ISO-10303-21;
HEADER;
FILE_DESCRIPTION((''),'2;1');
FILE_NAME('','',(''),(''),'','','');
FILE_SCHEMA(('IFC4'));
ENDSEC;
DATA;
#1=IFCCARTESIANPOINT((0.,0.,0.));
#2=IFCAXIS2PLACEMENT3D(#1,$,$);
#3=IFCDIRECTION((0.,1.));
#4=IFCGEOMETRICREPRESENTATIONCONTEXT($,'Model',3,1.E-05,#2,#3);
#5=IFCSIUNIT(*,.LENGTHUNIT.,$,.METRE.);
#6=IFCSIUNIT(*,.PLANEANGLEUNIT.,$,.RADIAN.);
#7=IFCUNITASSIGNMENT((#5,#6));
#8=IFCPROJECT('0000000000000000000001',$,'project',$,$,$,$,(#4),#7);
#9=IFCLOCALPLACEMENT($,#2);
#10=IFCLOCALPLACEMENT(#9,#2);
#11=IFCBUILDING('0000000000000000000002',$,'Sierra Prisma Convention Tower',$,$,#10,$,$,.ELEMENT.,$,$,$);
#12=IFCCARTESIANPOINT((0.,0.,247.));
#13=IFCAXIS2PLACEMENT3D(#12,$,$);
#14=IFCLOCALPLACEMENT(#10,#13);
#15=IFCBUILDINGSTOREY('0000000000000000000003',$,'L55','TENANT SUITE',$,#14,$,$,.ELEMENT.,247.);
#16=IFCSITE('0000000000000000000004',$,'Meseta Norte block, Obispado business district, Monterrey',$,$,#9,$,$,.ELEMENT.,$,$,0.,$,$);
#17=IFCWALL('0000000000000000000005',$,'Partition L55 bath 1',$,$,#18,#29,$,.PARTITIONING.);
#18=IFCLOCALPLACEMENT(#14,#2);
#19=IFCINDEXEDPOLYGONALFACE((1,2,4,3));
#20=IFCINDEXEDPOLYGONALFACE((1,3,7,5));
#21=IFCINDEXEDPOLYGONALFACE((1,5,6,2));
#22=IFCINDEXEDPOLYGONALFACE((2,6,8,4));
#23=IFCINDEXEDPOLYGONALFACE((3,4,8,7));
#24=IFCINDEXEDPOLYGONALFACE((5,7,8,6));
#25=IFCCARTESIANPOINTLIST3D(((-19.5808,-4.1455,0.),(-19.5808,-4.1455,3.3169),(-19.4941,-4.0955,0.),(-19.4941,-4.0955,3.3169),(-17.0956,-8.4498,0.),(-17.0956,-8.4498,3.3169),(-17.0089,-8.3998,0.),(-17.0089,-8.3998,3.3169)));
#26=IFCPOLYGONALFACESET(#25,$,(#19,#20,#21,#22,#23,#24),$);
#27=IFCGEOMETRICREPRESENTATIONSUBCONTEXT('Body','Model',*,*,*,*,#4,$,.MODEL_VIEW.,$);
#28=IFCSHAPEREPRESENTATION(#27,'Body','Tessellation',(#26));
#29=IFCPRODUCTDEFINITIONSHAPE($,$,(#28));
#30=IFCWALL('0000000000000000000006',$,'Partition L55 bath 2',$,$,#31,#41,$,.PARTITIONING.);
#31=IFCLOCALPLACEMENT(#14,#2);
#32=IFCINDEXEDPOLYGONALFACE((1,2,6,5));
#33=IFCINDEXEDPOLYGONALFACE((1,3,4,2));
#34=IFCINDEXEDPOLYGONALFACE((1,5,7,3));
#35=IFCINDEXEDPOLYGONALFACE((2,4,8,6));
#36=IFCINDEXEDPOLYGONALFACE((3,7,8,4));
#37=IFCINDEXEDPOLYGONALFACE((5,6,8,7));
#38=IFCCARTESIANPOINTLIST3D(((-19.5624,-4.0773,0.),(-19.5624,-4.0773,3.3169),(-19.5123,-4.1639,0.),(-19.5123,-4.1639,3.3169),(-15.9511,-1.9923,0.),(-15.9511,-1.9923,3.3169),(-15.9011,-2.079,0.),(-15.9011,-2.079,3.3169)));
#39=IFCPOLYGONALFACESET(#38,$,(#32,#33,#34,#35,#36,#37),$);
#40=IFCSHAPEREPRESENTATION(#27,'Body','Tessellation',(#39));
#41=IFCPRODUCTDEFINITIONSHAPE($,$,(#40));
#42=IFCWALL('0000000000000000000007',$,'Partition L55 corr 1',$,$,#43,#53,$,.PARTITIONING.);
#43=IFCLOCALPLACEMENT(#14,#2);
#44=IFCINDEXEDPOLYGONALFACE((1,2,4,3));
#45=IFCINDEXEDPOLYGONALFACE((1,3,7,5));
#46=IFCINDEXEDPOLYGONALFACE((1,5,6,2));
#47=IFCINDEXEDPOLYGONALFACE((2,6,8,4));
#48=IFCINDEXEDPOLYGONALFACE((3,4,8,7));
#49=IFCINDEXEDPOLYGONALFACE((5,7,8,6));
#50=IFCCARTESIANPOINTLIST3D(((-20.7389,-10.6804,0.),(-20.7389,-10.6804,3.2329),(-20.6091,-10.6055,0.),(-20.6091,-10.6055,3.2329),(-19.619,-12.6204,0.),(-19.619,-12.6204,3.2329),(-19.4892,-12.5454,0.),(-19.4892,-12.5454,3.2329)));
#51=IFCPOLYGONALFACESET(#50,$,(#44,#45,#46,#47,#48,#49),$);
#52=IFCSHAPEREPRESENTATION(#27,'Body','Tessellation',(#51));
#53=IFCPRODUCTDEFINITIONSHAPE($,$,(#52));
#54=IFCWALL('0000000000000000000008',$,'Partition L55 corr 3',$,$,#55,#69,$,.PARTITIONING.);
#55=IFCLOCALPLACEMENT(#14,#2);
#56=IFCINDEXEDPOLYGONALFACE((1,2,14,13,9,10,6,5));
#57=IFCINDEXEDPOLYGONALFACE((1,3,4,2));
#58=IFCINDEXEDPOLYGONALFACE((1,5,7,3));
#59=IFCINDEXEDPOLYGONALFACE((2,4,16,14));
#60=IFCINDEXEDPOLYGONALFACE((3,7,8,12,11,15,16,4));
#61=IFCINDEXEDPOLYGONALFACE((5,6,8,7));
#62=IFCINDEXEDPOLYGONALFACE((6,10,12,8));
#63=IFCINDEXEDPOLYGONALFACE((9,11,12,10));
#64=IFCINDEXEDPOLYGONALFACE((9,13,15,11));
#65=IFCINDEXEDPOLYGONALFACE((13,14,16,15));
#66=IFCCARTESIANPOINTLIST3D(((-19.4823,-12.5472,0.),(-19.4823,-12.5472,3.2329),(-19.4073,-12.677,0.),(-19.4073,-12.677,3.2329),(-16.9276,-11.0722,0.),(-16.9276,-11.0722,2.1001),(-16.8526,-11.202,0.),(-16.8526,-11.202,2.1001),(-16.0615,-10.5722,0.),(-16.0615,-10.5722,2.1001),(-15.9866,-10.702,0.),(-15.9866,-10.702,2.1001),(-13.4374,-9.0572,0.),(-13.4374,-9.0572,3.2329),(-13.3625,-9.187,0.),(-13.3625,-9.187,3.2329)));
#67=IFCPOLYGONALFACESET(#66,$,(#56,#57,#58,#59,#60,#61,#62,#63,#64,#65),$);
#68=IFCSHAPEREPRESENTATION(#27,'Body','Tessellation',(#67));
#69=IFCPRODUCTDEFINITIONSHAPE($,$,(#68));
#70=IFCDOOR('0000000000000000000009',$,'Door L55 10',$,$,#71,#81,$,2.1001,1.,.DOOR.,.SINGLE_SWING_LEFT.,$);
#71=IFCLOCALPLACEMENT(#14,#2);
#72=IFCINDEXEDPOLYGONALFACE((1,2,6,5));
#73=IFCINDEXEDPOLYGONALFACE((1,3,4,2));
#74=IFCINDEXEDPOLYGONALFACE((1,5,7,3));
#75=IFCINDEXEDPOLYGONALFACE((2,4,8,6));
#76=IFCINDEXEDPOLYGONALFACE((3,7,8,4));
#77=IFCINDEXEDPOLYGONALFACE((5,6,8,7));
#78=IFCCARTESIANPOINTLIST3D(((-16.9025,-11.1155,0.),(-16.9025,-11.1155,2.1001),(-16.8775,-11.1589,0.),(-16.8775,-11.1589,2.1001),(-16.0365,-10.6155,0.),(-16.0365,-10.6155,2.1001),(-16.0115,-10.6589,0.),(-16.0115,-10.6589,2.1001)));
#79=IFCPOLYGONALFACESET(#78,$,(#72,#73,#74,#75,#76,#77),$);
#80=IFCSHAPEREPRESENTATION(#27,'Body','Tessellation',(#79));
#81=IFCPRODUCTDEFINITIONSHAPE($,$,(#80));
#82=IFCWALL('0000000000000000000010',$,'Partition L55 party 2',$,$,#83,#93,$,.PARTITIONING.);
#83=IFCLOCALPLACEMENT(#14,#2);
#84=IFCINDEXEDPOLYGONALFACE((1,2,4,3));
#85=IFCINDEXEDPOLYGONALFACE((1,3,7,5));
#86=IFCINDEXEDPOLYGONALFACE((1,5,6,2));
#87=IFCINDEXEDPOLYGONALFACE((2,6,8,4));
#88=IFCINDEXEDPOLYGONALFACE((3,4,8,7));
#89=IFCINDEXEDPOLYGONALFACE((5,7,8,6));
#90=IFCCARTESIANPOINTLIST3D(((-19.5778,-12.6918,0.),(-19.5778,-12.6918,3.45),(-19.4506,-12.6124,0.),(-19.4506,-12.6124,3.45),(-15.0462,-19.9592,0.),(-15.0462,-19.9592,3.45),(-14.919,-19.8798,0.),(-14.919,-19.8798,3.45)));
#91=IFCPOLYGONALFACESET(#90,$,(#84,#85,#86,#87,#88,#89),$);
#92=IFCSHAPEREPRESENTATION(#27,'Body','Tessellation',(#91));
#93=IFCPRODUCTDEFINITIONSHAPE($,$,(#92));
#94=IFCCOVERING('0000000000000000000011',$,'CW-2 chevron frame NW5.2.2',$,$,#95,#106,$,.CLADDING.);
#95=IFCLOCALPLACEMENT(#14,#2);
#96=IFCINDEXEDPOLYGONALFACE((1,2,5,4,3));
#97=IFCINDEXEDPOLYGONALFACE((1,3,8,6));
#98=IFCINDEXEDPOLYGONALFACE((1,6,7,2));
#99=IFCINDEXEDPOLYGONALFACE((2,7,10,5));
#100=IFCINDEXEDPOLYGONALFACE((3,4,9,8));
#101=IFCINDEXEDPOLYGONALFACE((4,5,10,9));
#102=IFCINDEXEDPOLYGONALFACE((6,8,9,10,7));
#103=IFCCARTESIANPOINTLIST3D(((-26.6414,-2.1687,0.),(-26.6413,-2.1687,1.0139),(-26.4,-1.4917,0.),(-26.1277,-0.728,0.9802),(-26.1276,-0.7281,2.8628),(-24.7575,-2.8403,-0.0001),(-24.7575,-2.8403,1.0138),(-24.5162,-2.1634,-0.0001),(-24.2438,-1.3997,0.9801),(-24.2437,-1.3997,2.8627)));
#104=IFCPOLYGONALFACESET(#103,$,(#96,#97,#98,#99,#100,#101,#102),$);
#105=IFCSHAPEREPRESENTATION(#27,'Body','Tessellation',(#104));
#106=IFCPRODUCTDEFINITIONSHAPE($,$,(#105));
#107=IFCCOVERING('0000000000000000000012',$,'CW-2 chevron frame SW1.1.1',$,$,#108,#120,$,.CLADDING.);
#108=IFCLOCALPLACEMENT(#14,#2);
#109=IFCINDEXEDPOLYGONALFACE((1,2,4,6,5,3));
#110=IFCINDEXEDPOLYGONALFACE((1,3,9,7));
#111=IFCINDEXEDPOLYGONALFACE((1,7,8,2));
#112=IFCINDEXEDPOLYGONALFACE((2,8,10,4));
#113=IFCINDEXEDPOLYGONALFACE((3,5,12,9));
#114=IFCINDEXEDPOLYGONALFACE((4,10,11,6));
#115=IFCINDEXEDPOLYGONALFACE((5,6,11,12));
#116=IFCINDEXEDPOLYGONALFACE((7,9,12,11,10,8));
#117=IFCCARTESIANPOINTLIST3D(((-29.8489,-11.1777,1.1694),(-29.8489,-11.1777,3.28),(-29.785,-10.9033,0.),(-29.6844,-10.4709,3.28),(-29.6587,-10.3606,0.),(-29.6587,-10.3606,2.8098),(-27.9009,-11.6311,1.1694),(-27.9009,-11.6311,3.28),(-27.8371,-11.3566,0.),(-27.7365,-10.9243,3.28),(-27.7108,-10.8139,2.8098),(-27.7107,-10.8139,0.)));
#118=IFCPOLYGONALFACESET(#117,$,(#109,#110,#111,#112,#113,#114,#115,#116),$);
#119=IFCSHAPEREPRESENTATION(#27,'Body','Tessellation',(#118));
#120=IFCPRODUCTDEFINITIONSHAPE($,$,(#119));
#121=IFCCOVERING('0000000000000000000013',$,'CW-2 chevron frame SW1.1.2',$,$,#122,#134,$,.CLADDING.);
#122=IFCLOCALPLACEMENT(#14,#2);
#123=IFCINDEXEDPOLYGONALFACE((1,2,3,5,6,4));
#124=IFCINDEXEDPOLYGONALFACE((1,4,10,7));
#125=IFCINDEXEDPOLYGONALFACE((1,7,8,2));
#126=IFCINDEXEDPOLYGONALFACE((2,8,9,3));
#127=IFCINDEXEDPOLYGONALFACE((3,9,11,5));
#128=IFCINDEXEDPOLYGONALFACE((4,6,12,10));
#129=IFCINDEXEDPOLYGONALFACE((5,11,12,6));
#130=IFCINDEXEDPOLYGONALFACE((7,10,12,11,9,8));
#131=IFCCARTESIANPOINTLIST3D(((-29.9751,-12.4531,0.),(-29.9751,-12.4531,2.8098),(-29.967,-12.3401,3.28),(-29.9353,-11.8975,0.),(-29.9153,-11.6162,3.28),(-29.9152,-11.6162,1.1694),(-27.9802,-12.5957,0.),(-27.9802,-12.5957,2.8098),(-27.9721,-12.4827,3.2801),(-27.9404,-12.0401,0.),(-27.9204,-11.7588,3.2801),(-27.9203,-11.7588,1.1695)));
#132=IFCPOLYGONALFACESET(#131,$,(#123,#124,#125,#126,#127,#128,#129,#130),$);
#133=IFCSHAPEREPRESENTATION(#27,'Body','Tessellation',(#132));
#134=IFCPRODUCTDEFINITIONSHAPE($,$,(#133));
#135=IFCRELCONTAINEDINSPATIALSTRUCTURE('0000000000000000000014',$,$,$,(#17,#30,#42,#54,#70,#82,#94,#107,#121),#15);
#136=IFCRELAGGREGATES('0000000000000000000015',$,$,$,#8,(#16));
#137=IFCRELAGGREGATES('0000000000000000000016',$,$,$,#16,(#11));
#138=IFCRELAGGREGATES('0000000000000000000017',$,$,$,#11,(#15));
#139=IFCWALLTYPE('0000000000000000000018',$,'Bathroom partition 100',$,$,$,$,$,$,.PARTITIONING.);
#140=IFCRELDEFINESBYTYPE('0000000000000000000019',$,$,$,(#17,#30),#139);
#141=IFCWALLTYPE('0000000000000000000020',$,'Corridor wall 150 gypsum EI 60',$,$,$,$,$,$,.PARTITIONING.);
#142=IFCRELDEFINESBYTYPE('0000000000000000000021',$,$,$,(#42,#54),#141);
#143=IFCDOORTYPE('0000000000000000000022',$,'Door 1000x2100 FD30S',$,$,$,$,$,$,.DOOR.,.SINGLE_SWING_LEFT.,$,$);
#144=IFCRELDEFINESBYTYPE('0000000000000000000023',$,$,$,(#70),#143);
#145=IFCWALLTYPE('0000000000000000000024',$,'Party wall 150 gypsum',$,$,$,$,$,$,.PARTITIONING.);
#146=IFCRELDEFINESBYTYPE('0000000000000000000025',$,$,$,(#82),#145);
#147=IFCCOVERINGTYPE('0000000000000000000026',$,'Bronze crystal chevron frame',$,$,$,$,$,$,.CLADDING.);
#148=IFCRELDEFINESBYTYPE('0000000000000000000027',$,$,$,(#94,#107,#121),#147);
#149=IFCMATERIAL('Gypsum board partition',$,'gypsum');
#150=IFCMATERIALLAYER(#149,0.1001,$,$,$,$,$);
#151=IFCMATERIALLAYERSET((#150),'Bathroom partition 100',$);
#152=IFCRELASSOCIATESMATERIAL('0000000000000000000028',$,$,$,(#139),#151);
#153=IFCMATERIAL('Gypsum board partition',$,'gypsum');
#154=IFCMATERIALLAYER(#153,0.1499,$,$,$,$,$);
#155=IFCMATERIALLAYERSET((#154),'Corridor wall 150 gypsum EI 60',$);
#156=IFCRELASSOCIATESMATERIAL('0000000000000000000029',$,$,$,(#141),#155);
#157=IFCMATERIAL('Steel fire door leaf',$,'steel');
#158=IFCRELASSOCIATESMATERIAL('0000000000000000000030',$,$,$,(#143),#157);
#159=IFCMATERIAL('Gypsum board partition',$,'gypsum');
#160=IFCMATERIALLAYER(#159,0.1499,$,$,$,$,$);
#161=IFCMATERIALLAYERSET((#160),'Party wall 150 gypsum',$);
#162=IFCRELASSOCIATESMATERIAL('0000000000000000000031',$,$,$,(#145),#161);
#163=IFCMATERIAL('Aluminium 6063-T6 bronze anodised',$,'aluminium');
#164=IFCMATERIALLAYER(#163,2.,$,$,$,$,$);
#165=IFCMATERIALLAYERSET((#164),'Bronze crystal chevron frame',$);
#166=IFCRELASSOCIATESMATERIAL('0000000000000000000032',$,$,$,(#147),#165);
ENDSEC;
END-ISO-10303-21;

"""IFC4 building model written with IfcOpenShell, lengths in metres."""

from ifc_helpers import new_model, si_unit, direction, frame, frame_2d, origin, place, context, subcontext, project, spatial, polyline, rectangle, outline, extrude, material, layer, layer_set, type_object, element, fill, save


model = new_model("IFC4")

# Units and contexts
model_context = context("Model", 3, precision=1e-05, world=origin(), true_north=direction((0.0, 1.0)))
body_context = subcontext(model_context, "Body", "Model", "MODEL_VIEW")
ifc_project = project(units=[si_unit("LENGTHUNIT", "METRE"), si_unit("PLANEANGLEUNIT", "RADIAN")], contexts=[model_context])

# Site, building, storey
site_placement = place(None, origin())
site = spatial("IfcSite", under=ifc_project, at=site_placement, Name="Meseta Norte block, Obispado business district, Monterrey", CompositionType="ELEMENT", RefElevation=0.0)
building_placement = place(site_placement, origin())
building = spatial("IfcBuilding", under=site, at=building_placement, Name="Sierra Prisma Convention Tower", CompositionType="ELEMENT")
storey_placement = place(building_placement, frame((0.0, 0.0, 247.0)))
storey = spatial("IfcBuildingStorey", under=building, at=storey_placement, Name="L55", Description="TENANT SUITE", CompositionType="ELEMENT", Elevation=247.0)

# Walls
ifc_material_1 = material(Name="Gypsum board partition", Category="gypsum")
ifc_layer_1 = layer(ifc_material_1, 0.1001)
ifc_layer_set_1 = layer_set([ifc_layer_1], Name="Bathroom partition 100")
wall_type_1 = type_object("IfcWallType", Name="Bathroom partition 100", PredefinedType="PARTITIONING", material=ifc_layer_set_1)
wall_1_placement = place(storey_placement, frame((-17.0522, -8.4248, 0.0), z_axis=(0.0, 0.0, 1.0), x_axis=(-0.500012, 0.866019, 0.0)))
element("IfcWall", 1, at=wall_1_placement, inside=storey, type_object=wall_type_1, Name="Partition L55 bath 1", PredefinedType="PARTITIONING", context=body_context, shape_type="SweptSolid", body=[
    extrude(rectangle(XDim=4.9702, YDim=0.1001, at=frame_2d((2.4851, 0.0))), origin(), (0.0, 0.0, 1.0), 3.3169),
])
wall_2_placement = place(storey_placement, frame((-19.5374, -4.1206, 0.0), z_axis=(0.0, 0.0, 1.0), x_axis=(0.86603, 0.499993, 0.0)))
element("IfcWall", 2, at=wall_2_placement, inside=storey, type_object=wall_type_1, Name="Partition L55 bath 2", PredefinedType="PARTITIONING", context=body_context, shape_type="SweptSolid", body=[
    extrude(rectangle(XDim=4.1699, YDim=0.1001, at=frame_2d((2.085, 0.0))), origin(), (0.0, 0.0, 1.0), 3.3169),
])
ifc_material_2 = material(Name="Gypsum board partition", Category="gypsum")
ifc_layer_2 = layer(ifc_material_2, 0.1499)
ifc_layer_set_2 = layer_set([ifc_layer_2], Name="Corridor wall 150 gypsum EI 60")
wall_type_2 = type_object("IfcWallType", Name="Corridor wall 150 gypsum EI 60", PredefinedType="PARTITIONING", material=ifc_layer_set_2)
wall_3_placement = place(storey_placement, frame((-20.6741, -10.6428, 0.0), z_axis=(0.0, 0.0, 1.0), x_axis=(0.499949, -0.866055, 0.0)))
element("IfcWall", 3, at=wall_3_placement, inside=storey, type_object=wall_type_2, Name="Partition L55 corr 1", PredefinedType="PARTITIONING", context=body_context, shape_type="SweptSolid", body=[
    extrude(rectangle(XDim=2.24, YDim=0.1499, at=frame_2d((1.1201, 0.0))), origin(), (0.0, 0.0, 1.0), 3.2329),
])

# Wall, opening, door
wall_4_placement = place(storey_placement, frame((-19.4448, -12.6121, 0.0), z_axis=(0.0, 0.0, 1.0), x_axis=(0.866028, 0.499995, 0.0)))
wall_4 = element("IfcWall", 4, at=wall_4_placement, inside=storey, type_object=wall_type_2, Name="Partition L55 corr 3", PredefinedType="PARTITIONING", context=body_context, shape_type="SweptSolid", body=[
    extrude(rectangle(XDim=6.98, YDim=0.1499, at=frame_2d((3.49, 0.0))), origin(), (0.0, 0.0, 1.0), 3.2329),
])
opening_placement = place(wall_4_placement, frame((2.95, 0.0, 0.0)))
opening = element("IfcOpeningElement", 5, at=opening_placement, cuts=wall_4, PredefinedType="OPENING", context=body_context, shape_type="SweptSolid", body=[
    extrude(rectangle(XDim=1.0, YDim=2.1001, at=frame_2d((0.5, 1.05))), frame((0.0, 0.075, 0.0), z_axis=(0.0, -1.0, 0.0), x_axis=(1.0, 0.0, 0.0)), (0.0, 0.0, 1.0), 0.1499),
])
ifc_material_3 = material(Name="Steel fire door leaf", Category="steel")
door_type = type_object("IfcDoorType", Name="Door 1000x2100 FD30S", OperationType="SINGLE_SWING_LEFT", PredefinedType="DOOR", material=ifc_material_3)
door_placement = place(opening_placement, origin())
door = element("IfcDoor", 6, at=door_placement, inside=storey, type_object=door_type, Name="Door L55 10", OperationType="SINGLE_SWING_LEFT", OverallHeight=2.1001, OverallWidth=1.0, PredefinedType="DOOR", context=body_context, shape_type="SweptSolid", body=[
    extrude(rectangle(XDim=1.0, YDim=2.1001, at=frame_2d((0.5, 1.05))), frame((0.0, 0.0249, 0.0), z_axis=(0.0, -1.0, 0.0), x_axis=(1.0, 0.0, 0.0)), (0.0, 0.0, 1.0), 0.05),
])
fill(opening, door)

# Wall
ifc_material_4 = material(Name="Gypsum board partition", Category="gypsum")
ifc_layer_3 = layer(ifc_material_4, 0.1499)
ifc_layer_set_3 = layer_set([ifc_layer_3], Name="Party wall 150 gypsum")
wall_type_3 = type_object("IfcWallType", Name="Party wall 150 gypsum", PredefinedType="PARTITIONING", material=ifc_layer_set_3)
wall_5_placement = place(storey_placement, frame((-19.5142, -12.6521, 0.0), z_axis=(0.0, 0.0, 1.0), x_axis=(0.52911, -0.848554, 0.0)))
element("IfcWall", 7, at=wall_5_placement, inside=storey, type_object=wall_type_3, Name="Partition L55 party 2", PredefinedType="PARTITIONING", context=body_context, shape_type="SweptSolid", body=[
    extrude(rectangle(XDim=8.5645, YDim=0.1499, at=frame_2d((4.2822, 0.0))), origin(), (0.0, 0.0, 1.0), 3.45),
])

# Coverings
ifc_material_5 = material(Name="Aluminium 6063-T6 bronze anodised", Category="aluminium")
ifc_layer_4 = layer(ifc_material_5, 2.0)
ifc_layer_set_4 = layer_set([ifc_layer_4], Name="Bronze crystal chevron frame")
covering_type = type_object("IfcCoveringType", Name="Bronze crystal chevron frame", PredefinedType="CLADDING", material=ifc_layer_set_4)
covering_1_placement = place(storey_placement, frame((-26.6414, -2.1687, 0.0), z_axis=(-0.941929, 0.335811, 0.000049), x_axis=(0.000046, -0.000016, 1.0)))
element("IfcCovering", 8, at=covering_1_placement, inside=storey, type_object=covering_type, Name="CW-2 chevron frame NW5.2.2", PredefinedType="CLADDING", context=body_context, shape_type="SweptSolid", body=[
    extrude(outline(polyline([(0.0, 0.0), (1.0139, 0.0), (2.8628, 1.5295), (0.9802, 1.5295), (0.0, 0.7187), (0.0, 0.0)])), origin(), (0.0, 0.0, -1.0), 2.0),
])
covering_2_placement = place(storey_placement, frame((-29.6587, -10.3606, 0.0), z_axis=(-0.973972, 0.22667, -0.000008), x_axis=(-0.22667, -0.973972, 0.0)))
element("IfcCovering", 9, at=covering_2_placement, inside=storey, type_object=covering_type, Name="CW-2 chevron frame SW1.1.1", PredefinedType="CLADDING", context=body_context, shape_type="SweptSolid", body=[
    extrude(outline(polyline([(0.0, 0.0), (0.5572, 0.0), (0.839, 1.1694), (0.839, 3.28), (0.1133, 3.28), (0.0, 2.8098), (0.0, 0.0)])), origin(), (0.0, 0.0, -1.0), 2.0),
])
covering_3_placement = place(storey_placement, frame((-29.9153, -11.6162, 3.28), z_axis=(-0.997454, 0.071309, -0.000017), x_axis=(0.000017, -0.000001, -1.0)))
element("IfcCovering", 10, at=covering_3_placement, inside=storey, type_object=covering_type, Name="CW-2 chevron frame SW1.1.2", PredefinedType="CLADDING", context=body_context, shape_type="SweptSolid", body=[
    extrude(outline(polyline([(0.0, 0.0), (2.1106, 0.0), (3.28, 0.282), (3.28, 0.839), (0.4702, 0.839), (0.0, 0.7257), (0.0, 0.0)])), origin(), (0.0, 0.0, -1.0), 2.0),
])

save(model, "model.ifc")
